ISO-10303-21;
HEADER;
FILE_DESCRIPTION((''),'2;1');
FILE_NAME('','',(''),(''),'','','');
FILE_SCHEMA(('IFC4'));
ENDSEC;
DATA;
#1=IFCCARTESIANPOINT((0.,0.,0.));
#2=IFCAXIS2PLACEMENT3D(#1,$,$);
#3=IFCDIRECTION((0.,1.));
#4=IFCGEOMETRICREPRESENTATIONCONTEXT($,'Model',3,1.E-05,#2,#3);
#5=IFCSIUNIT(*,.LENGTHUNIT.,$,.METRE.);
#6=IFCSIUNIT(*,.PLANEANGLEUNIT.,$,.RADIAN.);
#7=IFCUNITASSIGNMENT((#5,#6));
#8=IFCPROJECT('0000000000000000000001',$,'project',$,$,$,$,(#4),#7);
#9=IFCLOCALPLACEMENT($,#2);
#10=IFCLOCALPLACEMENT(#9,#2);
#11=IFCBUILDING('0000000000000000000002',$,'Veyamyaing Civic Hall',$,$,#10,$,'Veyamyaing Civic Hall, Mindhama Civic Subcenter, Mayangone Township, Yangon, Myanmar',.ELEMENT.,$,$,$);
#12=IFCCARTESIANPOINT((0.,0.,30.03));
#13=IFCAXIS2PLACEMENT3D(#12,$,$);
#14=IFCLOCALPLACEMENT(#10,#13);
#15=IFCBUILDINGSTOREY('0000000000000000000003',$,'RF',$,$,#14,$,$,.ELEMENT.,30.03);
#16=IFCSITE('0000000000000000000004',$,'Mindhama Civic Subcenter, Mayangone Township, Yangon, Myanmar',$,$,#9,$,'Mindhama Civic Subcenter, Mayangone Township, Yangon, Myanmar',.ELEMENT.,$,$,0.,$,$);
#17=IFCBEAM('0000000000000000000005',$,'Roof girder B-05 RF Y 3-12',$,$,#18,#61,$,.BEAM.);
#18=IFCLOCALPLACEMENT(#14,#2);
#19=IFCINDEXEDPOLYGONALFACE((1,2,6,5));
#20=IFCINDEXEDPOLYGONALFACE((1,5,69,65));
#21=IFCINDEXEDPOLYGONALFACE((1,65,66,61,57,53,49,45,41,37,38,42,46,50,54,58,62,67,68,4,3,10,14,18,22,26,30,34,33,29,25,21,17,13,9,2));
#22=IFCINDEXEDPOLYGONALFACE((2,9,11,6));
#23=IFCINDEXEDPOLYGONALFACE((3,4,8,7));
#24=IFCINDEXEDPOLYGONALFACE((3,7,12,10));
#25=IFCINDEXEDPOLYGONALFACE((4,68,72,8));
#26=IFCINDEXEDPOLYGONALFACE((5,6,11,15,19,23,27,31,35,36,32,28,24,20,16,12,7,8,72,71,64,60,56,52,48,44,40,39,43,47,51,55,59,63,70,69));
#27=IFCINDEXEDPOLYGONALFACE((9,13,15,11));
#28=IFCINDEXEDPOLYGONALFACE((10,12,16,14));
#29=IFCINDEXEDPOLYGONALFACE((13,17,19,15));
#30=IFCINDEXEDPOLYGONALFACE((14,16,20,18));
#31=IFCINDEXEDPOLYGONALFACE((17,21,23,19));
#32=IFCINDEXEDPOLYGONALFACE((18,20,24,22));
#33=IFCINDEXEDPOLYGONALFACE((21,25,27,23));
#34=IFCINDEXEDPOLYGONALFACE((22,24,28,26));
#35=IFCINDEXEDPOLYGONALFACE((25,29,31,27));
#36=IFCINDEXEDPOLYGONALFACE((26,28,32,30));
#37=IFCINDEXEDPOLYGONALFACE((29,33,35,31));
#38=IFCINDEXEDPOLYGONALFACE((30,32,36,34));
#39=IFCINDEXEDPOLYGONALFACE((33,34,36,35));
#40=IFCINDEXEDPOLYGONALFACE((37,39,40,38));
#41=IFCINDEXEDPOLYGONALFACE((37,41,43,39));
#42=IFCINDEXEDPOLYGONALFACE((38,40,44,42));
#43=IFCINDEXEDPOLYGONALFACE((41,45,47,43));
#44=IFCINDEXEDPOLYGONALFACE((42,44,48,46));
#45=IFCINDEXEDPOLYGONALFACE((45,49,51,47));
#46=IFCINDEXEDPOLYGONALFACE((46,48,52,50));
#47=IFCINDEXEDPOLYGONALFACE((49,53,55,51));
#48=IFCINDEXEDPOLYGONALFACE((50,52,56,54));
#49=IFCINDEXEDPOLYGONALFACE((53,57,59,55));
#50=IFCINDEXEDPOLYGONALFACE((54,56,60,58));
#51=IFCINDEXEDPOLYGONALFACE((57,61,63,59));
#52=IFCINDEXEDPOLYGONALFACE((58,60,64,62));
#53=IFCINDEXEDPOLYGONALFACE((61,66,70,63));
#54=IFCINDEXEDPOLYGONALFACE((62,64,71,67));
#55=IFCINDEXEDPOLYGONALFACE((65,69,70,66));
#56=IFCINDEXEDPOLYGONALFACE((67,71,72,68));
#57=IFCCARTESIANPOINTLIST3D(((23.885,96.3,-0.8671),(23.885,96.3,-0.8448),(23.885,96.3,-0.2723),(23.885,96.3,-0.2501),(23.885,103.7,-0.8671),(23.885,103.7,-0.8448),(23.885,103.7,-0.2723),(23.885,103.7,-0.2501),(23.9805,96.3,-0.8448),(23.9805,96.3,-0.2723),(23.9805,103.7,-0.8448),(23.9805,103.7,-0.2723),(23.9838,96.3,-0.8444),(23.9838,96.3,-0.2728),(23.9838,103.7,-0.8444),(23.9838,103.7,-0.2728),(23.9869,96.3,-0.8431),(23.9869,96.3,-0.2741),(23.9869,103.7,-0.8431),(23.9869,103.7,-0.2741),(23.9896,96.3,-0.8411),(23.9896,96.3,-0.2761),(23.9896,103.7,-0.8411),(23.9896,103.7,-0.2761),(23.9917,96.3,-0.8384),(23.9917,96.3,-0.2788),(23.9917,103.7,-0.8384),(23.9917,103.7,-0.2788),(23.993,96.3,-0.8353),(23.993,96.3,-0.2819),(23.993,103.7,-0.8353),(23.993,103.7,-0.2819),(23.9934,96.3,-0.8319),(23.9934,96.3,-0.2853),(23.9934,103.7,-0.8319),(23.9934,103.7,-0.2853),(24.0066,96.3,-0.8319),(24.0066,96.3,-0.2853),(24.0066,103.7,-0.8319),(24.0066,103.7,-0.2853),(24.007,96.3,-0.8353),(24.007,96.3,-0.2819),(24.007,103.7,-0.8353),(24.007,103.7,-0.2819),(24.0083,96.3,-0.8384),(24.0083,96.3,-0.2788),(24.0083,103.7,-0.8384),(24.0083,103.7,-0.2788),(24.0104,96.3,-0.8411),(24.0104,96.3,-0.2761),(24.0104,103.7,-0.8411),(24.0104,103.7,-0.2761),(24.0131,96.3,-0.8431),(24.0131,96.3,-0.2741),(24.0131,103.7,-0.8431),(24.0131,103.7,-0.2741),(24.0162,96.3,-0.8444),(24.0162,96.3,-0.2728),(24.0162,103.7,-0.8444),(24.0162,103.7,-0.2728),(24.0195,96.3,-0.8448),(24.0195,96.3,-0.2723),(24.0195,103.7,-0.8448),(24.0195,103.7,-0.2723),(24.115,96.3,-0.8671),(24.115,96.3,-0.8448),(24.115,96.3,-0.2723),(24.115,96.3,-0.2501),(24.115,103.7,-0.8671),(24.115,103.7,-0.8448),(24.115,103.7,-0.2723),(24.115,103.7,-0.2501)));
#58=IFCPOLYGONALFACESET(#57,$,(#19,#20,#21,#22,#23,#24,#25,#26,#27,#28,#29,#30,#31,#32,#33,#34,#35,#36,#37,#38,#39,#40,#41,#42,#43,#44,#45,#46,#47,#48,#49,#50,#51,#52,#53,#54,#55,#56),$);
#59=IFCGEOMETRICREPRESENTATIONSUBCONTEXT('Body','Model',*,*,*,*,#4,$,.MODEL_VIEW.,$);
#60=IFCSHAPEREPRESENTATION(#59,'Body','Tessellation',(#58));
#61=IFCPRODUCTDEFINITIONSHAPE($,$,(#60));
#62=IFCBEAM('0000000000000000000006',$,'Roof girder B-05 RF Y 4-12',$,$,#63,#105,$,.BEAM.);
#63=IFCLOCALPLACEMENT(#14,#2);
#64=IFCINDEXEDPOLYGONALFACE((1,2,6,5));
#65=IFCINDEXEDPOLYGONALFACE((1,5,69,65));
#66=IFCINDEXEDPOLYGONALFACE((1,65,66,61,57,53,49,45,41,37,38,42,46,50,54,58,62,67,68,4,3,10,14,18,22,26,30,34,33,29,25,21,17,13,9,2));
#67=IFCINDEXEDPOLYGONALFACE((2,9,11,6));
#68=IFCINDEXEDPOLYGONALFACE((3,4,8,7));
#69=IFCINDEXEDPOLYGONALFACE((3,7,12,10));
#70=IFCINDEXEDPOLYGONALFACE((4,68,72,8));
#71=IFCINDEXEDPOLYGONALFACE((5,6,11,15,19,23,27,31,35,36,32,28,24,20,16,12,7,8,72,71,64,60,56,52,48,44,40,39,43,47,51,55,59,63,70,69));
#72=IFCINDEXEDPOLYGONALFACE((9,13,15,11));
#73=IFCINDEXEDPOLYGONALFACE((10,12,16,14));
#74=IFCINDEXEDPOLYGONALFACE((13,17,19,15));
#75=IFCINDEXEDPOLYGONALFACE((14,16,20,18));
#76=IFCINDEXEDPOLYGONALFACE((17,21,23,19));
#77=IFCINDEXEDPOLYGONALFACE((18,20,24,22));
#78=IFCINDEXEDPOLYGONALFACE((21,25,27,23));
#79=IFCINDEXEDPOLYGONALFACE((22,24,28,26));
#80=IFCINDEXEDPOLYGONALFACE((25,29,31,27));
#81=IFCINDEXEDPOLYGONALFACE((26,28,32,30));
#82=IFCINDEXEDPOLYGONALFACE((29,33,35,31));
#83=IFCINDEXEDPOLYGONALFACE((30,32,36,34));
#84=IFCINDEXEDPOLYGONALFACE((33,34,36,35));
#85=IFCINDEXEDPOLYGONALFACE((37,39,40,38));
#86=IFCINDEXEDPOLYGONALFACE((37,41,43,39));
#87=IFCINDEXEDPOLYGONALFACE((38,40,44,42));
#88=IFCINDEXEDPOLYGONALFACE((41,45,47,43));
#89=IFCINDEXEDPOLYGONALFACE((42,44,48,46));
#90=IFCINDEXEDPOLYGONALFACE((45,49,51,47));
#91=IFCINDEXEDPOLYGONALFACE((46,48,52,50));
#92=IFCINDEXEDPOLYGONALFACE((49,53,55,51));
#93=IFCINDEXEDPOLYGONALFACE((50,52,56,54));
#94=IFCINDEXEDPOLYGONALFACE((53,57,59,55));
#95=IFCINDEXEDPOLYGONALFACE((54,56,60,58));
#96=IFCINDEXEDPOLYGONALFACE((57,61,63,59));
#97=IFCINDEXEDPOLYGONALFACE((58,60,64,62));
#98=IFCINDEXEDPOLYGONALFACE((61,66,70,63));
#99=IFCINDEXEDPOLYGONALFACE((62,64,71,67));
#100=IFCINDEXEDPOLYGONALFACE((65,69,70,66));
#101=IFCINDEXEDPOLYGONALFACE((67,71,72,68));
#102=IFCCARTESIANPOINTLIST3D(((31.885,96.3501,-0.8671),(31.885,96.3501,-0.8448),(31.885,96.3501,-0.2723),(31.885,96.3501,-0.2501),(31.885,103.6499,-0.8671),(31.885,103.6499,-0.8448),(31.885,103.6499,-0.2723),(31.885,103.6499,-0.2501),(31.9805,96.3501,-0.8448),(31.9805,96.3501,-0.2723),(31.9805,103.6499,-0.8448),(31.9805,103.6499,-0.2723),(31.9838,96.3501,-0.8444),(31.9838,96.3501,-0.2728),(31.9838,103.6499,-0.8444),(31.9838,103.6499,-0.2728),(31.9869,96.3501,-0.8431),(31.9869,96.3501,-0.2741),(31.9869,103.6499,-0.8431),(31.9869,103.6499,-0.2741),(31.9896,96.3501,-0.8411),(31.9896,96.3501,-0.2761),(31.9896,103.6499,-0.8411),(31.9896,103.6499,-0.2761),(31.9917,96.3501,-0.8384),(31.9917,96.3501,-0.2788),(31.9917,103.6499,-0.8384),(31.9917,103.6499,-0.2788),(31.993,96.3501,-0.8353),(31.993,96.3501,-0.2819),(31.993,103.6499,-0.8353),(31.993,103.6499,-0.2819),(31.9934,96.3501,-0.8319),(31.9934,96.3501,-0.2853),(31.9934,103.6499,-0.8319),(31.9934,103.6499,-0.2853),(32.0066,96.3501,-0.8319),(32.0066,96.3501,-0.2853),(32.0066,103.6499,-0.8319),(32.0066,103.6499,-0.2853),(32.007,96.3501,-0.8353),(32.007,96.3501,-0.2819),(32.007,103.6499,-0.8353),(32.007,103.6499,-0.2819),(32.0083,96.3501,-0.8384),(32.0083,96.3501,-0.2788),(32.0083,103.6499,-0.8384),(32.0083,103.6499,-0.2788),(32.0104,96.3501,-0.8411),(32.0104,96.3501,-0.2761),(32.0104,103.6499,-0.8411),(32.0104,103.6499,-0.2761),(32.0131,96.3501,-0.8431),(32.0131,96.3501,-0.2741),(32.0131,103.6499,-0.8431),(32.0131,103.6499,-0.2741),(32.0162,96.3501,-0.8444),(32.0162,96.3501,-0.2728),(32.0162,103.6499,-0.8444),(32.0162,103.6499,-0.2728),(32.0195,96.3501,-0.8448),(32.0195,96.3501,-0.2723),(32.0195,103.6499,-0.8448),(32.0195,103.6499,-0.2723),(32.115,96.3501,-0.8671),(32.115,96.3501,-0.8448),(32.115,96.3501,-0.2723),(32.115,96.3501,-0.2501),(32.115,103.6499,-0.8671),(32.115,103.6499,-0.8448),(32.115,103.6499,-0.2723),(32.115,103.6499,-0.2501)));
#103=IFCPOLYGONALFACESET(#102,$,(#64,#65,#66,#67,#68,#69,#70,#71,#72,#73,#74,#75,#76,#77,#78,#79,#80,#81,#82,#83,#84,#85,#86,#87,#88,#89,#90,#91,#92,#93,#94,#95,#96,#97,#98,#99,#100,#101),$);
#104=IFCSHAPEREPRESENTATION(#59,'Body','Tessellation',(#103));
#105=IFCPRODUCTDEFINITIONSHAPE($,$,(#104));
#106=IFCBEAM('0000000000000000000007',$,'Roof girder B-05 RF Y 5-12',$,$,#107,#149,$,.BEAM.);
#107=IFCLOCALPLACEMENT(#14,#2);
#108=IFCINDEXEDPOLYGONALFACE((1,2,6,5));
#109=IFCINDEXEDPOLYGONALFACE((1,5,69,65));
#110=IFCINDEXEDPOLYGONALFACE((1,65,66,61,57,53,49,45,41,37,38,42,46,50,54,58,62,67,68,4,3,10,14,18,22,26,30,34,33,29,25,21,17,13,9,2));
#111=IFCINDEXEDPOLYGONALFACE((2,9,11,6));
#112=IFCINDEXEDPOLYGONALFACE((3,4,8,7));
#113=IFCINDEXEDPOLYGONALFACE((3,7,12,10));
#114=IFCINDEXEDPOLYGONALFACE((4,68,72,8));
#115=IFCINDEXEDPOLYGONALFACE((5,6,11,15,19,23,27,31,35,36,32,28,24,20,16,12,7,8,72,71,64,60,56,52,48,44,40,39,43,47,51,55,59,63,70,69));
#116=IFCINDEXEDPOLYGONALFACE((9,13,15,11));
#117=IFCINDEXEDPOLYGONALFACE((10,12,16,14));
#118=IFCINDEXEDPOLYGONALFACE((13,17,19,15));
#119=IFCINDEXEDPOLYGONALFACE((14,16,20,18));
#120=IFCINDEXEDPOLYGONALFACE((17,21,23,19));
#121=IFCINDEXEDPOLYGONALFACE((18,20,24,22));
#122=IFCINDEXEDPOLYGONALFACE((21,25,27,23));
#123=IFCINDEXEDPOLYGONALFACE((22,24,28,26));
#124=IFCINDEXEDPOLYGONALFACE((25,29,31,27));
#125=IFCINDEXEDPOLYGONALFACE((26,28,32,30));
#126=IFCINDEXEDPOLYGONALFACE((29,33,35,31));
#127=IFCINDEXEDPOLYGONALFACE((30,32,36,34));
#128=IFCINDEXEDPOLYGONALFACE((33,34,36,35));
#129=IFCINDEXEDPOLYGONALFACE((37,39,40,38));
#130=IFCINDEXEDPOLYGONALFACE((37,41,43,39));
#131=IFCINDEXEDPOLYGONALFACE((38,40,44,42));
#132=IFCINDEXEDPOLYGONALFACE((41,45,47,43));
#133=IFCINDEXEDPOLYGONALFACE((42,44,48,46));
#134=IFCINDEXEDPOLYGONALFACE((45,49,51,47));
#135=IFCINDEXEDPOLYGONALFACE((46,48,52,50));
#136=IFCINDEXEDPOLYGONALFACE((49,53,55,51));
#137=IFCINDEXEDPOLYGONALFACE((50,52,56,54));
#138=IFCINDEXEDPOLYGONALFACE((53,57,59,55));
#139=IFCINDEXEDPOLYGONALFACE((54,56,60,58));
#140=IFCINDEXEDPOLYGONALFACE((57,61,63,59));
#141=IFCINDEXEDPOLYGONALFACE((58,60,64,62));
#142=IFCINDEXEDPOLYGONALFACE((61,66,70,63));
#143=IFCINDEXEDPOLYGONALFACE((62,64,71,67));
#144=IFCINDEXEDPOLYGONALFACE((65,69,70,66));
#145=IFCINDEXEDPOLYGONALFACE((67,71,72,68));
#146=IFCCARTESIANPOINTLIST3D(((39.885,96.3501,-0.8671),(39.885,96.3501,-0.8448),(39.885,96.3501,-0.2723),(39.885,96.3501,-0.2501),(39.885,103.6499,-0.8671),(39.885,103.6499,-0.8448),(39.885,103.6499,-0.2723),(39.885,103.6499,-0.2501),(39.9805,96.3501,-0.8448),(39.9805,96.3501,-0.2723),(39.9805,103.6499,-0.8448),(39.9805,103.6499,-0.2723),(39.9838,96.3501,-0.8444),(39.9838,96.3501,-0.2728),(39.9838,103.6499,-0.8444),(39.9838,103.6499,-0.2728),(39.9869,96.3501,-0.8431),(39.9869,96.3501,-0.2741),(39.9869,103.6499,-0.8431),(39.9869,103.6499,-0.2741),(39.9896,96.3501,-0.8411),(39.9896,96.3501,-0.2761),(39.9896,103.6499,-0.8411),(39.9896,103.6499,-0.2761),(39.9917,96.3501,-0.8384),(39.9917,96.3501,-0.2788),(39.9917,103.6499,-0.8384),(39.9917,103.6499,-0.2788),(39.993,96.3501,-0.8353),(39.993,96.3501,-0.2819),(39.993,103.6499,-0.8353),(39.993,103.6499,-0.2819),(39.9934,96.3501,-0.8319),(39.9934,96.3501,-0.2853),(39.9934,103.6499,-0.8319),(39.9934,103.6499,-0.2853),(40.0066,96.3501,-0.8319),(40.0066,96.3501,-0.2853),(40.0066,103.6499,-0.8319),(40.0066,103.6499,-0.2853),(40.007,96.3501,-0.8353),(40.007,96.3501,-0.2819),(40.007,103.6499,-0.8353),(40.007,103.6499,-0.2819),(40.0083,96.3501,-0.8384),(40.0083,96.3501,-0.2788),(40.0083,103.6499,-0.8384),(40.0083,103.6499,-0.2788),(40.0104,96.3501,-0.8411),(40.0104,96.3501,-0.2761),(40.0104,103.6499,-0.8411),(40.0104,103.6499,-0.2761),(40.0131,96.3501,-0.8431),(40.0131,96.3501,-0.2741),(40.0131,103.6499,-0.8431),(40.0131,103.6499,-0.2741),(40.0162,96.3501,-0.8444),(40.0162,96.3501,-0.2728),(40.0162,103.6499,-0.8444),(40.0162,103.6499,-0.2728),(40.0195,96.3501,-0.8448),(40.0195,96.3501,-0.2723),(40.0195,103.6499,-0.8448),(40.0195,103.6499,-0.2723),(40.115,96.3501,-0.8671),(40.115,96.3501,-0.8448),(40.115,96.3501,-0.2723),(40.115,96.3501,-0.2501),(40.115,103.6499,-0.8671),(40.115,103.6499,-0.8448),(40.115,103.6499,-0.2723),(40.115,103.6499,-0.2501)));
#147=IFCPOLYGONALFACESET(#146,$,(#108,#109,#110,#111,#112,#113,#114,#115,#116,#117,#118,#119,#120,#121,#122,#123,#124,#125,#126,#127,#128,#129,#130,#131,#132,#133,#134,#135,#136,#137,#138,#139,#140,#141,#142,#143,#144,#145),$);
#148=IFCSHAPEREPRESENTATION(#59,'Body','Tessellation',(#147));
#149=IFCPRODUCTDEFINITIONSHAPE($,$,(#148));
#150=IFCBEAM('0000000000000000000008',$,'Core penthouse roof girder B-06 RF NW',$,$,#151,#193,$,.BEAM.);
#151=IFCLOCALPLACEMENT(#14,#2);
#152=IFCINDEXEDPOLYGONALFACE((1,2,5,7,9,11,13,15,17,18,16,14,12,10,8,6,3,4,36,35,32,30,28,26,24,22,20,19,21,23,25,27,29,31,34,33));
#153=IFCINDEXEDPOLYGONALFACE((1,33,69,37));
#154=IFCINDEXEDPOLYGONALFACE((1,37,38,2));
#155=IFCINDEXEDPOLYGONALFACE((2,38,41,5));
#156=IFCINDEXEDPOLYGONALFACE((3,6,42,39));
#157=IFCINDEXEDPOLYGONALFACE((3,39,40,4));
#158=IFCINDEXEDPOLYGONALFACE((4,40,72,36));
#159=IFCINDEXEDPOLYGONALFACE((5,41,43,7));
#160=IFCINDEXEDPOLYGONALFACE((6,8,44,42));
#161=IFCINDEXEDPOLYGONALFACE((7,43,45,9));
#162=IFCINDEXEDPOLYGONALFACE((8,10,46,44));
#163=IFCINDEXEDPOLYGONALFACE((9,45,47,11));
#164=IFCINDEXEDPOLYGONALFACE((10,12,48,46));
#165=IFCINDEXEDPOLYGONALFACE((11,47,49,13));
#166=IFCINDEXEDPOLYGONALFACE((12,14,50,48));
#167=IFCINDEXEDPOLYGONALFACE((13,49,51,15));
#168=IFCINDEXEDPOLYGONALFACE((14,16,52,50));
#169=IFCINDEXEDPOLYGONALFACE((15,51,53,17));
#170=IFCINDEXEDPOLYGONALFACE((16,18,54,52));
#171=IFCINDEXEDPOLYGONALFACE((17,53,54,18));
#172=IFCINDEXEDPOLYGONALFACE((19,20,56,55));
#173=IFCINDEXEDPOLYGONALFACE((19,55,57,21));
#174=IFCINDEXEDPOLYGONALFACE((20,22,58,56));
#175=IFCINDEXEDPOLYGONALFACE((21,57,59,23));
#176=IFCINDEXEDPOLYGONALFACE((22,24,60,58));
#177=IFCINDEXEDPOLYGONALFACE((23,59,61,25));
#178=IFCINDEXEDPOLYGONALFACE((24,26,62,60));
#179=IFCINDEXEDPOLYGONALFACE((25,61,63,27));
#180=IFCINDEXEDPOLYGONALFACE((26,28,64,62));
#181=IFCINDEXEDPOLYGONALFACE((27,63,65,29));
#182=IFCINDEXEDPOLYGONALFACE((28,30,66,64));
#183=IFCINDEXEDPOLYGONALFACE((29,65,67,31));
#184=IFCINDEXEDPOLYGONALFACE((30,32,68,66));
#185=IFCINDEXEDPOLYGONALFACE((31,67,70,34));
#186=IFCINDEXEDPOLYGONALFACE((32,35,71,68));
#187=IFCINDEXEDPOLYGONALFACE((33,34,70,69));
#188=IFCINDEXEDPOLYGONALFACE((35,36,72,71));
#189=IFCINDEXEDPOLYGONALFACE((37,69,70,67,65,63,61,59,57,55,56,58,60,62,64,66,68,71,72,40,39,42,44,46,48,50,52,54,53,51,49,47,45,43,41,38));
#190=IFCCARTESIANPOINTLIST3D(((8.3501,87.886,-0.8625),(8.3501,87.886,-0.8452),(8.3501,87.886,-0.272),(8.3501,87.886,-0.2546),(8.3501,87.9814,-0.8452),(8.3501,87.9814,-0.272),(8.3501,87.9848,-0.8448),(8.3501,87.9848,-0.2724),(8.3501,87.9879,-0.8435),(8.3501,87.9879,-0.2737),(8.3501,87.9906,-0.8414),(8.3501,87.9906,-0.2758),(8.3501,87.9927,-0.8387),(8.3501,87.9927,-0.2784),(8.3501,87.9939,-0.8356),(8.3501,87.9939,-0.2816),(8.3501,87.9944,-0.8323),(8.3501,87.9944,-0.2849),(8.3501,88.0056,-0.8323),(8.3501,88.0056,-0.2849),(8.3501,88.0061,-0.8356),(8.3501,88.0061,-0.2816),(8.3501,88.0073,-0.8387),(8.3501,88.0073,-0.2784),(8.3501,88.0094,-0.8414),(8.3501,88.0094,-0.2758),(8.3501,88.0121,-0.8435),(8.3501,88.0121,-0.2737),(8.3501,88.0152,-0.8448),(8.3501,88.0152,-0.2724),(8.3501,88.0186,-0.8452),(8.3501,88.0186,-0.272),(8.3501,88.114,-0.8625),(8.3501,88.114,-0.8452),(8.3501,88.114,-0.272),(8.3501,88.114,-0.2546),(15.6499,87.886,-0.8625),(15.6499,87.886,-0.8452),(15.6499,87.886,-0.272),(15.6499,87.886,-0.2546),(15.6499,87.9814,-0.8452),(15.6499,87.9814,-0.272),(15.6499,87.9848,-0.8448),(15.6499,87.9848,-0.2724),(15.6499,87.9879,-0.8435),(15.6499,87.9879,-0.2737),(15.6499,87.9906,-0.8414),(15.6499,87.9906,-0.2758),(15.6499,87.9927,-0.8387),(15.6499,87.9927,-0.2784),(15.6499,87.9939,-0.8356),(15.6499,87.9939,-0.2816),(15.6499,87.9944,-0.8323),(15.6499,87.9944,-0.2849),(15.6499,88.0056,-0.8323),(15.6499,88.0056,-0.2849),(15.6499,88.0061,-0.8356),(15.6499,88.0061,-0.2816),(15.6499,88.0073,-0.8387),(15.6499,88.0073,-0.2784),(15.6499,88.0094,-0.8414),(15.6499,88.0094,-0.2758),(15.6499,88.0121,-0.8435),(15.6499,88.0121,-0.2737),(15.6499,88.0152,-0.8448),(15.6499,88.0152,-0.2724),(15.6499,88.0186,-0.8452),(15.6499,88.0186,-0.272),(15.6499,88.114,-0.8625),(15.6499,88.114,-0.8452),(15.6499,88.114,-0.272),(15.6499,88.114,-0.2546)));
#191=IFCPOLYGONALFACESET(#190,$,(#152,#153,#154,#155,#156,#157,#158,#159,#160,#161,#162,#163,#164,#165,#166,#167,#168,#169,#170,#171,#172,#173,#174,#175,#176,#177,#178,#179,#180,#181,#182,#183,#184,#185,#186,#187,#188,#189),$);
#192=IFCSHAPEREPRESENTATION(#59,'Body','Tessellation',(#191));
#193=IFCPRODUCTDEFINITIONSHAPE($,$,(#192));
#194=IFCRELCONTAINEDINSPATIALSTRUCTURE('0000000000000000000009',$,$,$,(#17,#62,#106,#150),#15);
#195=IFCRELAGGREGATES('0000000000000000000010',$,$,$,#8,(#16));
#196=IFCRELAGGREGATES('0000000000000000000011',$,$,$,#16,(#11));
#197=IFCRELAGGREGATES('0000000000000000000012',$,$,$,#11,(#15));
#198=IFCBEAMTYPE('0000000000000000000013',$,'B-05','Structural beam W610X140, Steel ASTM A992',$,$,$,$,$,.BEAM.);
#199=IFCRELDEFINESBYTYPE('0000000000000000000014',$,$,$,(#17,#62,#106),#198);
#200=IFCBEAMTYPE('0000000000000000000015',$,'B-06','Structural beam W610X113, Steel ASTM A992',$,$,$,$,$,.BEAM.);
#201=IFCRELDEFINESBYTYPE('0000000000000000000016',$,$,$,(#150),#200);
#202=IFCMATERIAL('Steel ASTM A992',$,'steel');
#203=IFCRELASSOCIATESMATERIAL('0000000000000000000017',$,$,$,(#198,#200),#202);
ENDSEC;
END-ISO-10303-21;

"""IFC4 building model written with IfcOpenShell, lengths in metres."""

from ifc_helpers import new_model, si_unit, direction, frame, origin, origin_2d, place, context, subcontext, project, spatial, i_section, extrude, material, material_profile, profile_set, type_object, element, save


model = new_model("IFC4")

# Units and contexts
model_context = context("Model", 3, precision=1e-05, world=origin(), true_north=direction((0.0, 1.0)))
body_context = subcontext(model_context, "Body", "Model", "MODEL_VIEW")
ifc_project = project(units=[si_unit("LENGTHUNIT", "METRE"), si_unit("PLANEANGLEUNIT", "RADIAN")], contexts=[model_context])

# Site, building, storey
site_placement = place(None, origin())
site = spatial("IfcSite", under=ifc_project, at=site_placement, Name="Mindhama Civic Subcenter, Mayangone Township, Yangon, Myanmar", LongName="Mindhama Civic Subcenter, Mayangone Township, Yangon, Myanmar", CompositionType="ELEMENT", RefElevation=0.0)
building_placement = place(site_placement, origin())
building = spatial("IfcBuilding", under=site, at=building_placement, Name="Veyamyaing Civic Hall", LongName="Veyamyaing Civic Hall, Mindhama Civic Subcenter, Mayangone Township, Yangon, Myanmar", CompositionType="ELEMENT")
storey_placement = place(building_placement, frame((0.0, 0.0, 30.03)))
storey = spatial("IfcBuildingStorey", under=building, at=storey_placement, Name="RF", CompositionType="ELEMENT", Elevation=30.03)

# Beams
ifc_material_1 = material(Name="Steel ASTM A992", Category="steel")
ifc_material_profile_1 = material_profile(ifc_material_1, i_section(OverallWidth=0.23, OverallDepth=0.6169, WebThickness=0.0132, FlangeThickness=0.0222, FilletRadius=0.0129, at=origin_2d()), Name="W610X140")
ifc_profile_set_1 = profile_set([ifc_material_profile_1], Name="Steel ASTM A992")
beam_type_1 = type_object("IfcBeamType", Name="B-05", Description="Structural beam W610X140, Steel ASTM A992", PredefinedType="BEAM", material=ifc_profile_set_1)
beam_1_placement = place(storey_placement, frame((24.0, 96.3, -0.5586), z_axis=(0.0, 1.0, 0.0), x_axis=(-1.0, 0.0, 0.0)))
element("IfcBeam", 1, at=beam_1_placement, inside=storey, type_object=beam_type_1, Name="Roof girder B-05 RF Y 3-12", PredefinedType="BEAM", context=body_context, shape_type="SweptSolid", body=[
    extrude(i_section(OverallWidth=0.23, OverallDepth=0.6169, WebThickness=0.0132, FlangeThickness=0.0222, FilletRadius=0.0129, at=origin_2d()), origin(), (0.0, 0.0, 1.0), 7.3999),
])
for number, where, z_axis, x_axis, name in (
    (2, (32.0, 96.3501, -0.5586), (0.0, 1.0, 0.0), (-1.0, 0.0, 0.0), "Roof girder B-05 RF Y 4-12"),
    (3, (40.0, 96.3501, -0.5586), (0.0, 1.0, 0.0), (-1.0, 0.0, 0.0), "Roof girder B-05 RF Y 5-12"),
):
    element("IfcBeam", number, at=place(storey_placement, frame(where, z_axis=z_axis, x_axis=x_axis)), inside=storey, type_object=beam_type_1, Name=name, PredefinedType="BEAM", context=body_context, shape_type="SweptSolid", body=[
        extrude(i_section(OverallWidth=0.23, OverallDepth=0.6169, WebThickness=0.0132, FlangeThickness=0.0222, FilletRadius=0.0129, at=origin_2d()), origin(), (0.0, 0.0, 1.0), 7.2998),
    ])
ifc_material_profile_2 = material_profile(ifc_material_1, i_section(OverallWidth=0.228, OverallDepth=0.6079, WebThickness=0.0112, FlangeThickness=0.0173, FilletRadius=0.0129, at=origin_2d()), Name="W610X113")
ifc_profile_set_2 = profile_set([ifc_material_profile_2], Name="Steel ASTM A992")
beam_type_2 = type_object("IfcBeamType", Name="B-06", Description="Structural beam W610X113, Steel ASTM A992", PredefinedType="BEAM", material=ifc_profile_set_2)
beam_2_placement = place(storey_placement, frame((8.3501, 88.0, -0.5586), z_axis=(1.0, 0.0, 0.0), x_axis=(0.0, 1.0, 0.0)))
element("IfcBeam", 4, at=beam_2_placement, inside=storey, type_object=beam_type_2, Name="Core penthouse roof girder B-06 RF NW", PredefinedType="BEAM", context=body_context, shape_type="SweptSolid", body=[
    extrude(i_section(OverallWidth=0.228, OverallDepth=0.6079, WebThickness=0.0112, FlangeThickness=0.0173, FilletRadius=0.0129, at=origin_2d()), origin(), (0.0, 0.0, 1.0), 7.2998),
])

save(model, "model.ifc")
